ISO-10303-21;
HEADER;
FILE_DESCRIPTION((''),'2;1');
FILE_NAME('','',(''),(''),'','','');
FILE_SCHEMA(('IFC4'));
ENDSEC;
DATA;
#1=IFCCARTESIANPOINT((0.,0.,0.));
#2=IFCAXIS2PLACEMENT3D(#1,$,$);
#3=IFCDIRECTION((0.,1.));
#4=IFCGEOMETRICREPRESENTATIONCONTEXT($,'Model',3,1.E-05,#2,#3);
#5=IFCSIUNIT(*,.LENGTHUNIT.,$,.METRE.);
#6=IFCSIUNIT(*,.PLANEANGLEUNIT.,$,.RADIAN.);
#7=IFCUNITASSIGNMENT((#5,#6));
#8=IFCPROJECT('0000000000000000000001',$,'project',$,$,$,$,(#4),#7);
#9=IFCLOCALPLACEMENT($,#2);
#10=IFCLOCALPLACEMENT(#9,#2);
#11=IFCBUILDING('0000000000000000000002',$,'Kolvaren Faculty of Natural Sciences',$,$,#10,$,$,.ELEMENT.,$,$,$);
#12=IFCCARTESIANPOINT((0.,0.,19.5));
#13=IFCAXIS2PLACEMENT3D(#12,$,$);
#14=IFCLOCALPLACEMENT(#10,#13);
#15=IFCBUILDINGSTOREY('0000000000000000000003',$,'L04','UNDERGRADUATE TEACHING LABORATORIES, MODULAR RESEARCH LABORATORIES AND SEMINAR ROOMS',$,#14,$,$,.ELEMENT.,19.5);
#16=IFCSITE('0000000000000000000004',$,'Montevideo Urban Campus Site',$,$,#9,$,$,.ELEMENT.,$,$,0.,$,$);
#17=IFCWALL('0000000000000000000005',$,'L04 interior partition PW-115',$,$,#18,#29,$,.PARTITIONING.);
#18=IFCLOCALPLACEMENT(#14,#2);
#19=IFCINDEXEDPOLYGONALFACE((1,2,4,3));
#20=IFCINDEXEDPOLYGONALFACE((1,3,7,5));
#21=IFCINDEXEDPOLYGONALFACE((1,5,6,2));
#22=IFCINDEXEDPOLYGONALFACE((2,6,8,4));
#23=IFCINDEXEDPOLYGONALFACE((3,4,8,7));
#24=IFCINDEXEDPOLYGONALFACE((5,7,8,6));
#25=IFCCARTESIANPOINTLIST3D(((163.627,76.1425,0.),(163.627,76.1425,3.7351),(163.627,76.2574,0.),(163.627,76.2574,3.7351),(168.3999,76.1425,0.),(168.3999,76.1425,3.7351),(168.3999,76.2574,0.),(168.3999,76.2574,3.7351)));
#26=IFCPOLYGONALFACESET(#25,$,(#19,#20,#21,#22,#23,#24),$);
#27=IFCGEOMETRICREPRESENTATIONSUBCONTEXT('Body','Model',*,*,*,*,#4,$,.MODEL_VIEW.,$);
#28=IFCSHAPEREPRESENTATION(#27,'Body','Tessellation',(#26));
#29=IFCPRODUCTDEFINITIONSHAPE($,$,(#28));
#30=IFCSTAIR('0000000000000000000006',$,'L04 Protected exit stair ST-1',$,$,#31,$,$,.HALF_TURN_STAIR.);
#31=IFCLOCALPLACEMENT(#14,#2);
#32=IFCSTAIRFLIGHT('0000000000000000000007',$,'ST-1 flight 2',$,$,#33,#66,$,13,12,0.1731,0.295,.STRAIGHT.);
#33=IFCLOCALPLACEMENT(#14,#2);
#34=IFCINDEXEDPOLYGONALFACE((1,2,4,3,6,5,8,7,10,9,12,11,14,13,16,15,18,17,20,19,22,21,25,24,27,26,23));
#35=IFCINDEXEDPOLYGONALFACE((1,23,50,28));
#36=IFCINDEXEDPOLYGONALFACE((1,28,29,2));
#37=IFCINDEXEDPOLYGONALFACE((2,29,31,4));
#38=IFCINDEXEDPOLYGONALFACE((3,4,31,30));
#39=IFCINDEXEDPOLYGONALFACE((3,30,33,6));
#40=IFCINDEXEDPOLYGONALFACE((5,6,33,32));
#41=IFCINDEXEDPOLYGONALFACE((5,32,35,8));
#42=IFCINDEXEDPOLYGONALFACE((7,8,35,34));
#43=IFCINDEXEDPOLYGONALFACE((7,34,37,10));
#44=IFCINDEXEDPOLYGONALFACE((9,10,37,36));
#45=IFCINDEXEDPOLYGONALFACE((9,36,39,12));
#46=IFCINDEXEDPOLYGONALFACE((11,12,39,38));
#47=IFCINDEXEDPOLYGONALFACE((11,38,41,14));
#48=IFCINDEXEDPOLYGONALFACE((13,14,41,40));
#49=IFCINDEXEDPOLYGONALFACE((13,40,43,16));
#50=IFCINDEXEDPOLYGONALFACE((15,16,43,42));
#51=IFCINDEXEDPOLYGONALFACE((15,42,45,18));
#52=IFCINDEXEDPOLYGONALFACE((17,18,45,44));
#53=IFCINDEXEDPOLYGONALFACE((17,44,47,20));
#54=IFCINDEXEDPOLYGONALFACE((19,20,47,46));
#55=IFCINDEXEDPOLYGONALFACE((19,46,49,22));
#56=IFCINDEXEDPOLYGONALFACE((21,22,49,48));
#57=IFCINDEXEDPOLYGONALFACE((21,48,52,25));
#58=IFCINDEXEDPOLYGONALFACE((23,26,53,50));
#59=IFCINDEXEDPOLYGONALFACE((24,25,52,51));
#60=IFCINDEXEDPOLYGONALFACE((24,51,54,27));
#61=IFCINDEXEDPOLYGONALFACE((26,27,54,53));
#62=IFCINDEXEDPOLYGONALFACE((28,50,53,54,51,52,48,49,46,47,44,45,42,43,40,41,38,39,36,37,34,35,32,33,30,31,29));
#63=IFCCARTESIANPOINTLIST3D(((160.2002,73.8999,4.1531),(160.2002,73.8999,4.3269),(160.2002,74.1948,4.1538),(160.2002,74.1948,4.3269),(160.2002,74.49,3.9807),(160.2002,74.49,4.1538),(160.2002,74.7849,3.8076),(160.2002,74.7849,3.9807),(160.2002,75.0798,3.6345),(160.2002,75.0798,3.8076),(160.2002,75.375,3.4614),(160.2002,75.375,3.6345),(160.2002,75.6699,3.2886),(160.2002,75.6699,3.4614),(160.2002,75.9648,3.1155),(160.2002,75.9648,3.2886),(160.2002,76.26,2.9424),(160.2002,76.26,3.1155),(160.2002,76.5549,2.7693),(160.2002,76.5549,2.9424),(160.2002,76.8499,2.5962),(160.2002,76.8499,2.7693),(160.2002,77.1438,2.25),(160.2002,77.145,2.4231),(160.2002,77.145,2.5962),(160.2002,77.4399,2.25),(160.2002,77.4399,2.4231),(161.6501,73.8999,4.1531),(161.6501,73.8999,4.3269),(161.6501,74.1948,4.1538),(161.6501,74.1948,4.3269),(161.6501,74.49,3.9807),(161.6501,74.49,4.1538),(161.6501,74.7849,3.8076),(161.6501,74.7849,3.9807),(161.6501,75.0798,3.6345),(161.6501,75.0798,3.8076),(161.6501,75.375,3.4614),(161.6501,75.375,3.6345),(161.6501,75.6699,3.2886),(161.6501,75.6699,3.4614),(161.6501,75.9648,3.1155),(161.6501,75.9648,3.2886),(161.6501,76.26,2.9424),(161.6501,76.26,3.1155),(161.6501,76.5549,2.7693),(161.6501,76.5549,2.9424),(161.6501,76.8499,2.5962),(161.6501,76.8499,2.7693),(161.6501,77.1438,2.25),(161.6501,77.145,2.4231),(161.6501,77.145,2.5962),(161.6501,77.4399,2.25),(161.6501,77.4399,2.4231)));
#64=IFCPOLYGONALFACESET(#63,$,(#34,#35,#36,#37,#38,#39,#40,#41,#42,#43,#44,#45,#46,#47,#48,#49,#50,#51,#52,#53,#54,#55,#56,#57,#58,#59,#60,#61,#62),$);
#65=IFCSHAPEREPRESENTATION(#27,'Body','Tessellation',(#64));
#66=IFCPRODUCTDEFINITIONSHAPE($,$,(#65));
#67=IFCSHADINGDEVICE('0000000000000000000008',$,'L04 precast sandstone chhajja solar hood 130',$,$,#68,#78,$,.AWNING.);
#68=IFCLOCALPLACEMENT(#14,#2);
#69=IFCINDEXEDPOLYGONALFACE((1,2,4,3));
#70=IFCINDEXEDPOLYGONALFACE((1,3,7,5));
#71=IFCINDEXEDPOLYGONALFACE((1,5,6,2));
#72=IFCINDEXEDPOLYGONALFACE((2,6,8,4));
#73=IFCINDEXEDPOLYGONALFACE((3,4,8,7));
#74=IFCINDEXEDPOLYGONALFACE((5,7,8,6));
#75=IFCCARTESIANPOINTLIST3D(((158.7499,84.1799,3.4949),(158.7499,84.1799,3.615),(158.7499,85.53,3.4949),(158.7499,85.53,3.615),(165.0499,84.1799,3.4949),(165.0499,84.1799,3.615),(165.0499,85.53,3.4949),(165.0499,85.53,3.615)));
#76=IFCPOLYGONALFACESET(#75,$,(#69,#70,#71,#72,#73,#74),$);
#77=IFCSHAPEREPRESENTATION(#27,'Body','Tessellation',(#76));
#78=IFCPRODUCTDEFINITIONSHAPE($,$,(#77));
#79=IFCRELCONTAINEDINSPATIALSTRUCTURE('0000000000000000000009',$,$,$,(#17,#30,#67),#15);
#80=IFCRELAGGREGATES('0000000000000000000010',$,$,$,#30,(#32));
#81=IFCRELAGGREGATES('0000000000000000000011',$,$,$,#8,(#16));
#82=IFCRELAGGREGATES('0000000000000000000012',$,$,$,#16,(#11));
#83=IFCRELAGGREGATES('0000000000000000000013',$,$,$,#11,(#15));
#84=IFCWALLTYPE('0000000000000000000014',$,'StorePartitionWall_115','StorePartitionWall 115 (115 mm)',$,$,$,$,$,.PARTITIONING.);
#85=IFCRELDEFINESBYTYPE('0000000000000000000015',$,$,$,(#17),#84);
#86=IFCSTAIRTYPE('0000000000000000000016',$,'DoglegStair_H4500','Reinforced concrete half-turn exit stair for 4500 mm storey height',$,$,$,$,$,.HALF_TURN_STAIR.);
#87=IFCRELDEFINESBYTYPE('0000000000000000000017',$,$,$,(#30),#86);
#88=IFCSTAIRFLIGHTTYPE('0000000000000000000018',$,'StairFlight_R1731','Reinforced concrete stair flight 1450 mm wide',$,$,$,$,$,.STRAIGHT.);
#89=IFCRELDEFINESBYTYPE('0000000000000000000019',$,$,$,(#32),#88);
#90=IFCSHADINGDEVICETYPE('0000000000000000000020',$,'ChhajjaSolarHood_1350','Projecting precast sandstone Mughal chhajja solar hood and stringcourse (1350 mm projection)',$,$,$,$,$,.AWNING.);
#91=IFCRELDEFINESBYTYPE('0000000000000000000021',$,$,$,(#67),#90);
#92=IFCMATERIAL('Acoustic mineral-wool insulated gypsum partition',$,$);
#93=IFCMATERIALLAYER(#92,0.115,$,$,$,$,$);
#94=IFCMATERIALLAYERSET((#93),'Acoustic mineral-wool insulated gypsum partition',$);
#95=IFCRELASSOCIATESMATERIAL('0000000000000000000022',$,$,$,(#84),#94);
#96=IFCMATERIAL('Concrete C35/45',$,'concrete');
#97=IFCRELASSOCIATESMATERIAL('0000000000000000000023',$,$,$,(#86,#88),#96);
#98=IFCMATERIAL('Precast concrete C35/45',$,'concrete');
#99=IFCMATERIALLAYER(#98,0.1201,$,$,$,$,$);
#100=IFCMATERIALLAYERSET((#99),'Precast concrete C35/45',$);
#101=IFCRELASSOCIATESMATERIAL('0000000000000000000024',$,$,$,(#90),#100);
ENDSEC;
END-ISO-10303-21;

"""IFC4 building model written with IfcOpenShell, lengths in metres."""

from ifc_helpers import new_model, si_unit, direction, frame, frame_2d, origin, origin_2d, place, context, subcontext, project, spatial, polyline, rectangle, outline, extrude, material, layer, layer_set, type_object, element, aggregate, save


model = new_model("IFC4")

# Units and contexts
model_context = context("Model", 3, precision=1e-05, world=origin(), true_north=direction((0.0, 1.0)))
body_context = subcontext(model_context, "Body", "Model", "MODEL_VIEW")
ifc_project = project(units=[si_unit("LENGTHUNIT", "METRE"), si_unit("PLANEANGLEUNIT", "RADIAN")], contexts=[model_context])

# Site, building, storey
site_placement = place(None, origin())
site = spatial("IfcSite", under=ifc_project, at=site_placement, Name="Montevideo Urban Campus Site", CompositionType="ELEMENT", RefElevation=0.0)
building_placement = place(site_placement, origin())
building = spatial("IfcBuilding", under=site, at=building_placement, Name="Kolvaren Faculty of Natural Sciences", CompositionType="ELEMENT")
storey_placement = place(building_placement, frame((0.0, 0.0, 19.5)))
storey = spatial("IfcBuildingStorey", under=building, at=storey_placement, Name="L04", Description="UNDERGRADUATE TEACHING LABORATORIES, MODULAR RESEARCH LABORATORIES AND SEMINAR ROOMS", CompositionType="ELEMENT", Elevation=19.5)

# Shared definitions
ifc_material_1 = material(Name="Concrete C35/45", Category="concrete")

# Shared definitions
ifc_material_2 = material(Name="Acoustic mineral-wool insulated gypsum partition")

# Wall
ifc_layer_1 = layer(ifc_material_2, 0.115)
ifc_layer_set_1 = layer_set([ifc_layer_1], Name="Acoustic mineral-wool insulated gypsum partition")
wall_type_1 = type_object("IfcWallType", Name="StorePartitionWall_115", Description="StorePartitionWall 115 (115 mm)", PredefinedType="PARTITIONING", material=ifc_layer_set_1)
wall_1_placement = place(storey_placement, frame((163.627, 76.2, 0.0), z_axis=(0.0, 0.0, 1.0), x_axis=(1.0, 0.0, 0.0)))
element("IfcWall", 1, at=wall_1_placement, inside=storey, type_object=wall_type_1, Name="L04 interior partition PW-115", PredefinedType="PARTITIONING", context=body_context, shape_type="SweptSolid", body=[
    extrude(rectangle(XDim=4.7729, YDim=0.115, at=frame_2d((2.3865, 0.0))), origin(), (0.0, 0.0, 1.0), 3.7351),
])

# Stair, stair flight
stair_type = type_object("IfcStairType", Name="DoglegStair_H4500", Description="Reinforced concrete half-turn exit stair for 4500 mm storey height", PredefinedType="HALF_TURN_STAIR", material=ifc_material_1)
stair_placement = place(storey_placement, origin())
stair = element("IfcStair", 2, at=stair_placement, inside=storey, type_object=stair_type, Name="L04 Protected exit stair ST-1", PredefinedType="HALF_TURN_STAIR")
stair_flight_type = type_object("IfcStairFlightType", Name="StairFlight_R1731", Description="Reinforced concrete stair flight 1450 mm wide", PredefinedType="STRAIGHT", material=ifc_material_1)
stair_flight_placement = place(storey_placement, frame((160.925, 77.4399, 2.25), z_axis=(0.0, 0.0, 1.0), x_axis=(0.0, -1.0, 0.0)))
stair_flight = element("IfcStairFlight", 3, at=stair_flight_placement, type_object=stair_flight_type, Name="ST-1 flight 2", NumberOfRisers=13, NumberOfTreads=12, PredefinedType="STRAIGHT", RiserHeight=0.1731, TreadLength=0.295, context=body_context, shape_type="SweptSolid", body=[
    extrude(outline(polyline([(0.0, 0.0), (0.0, 0.1731), (0.2949, 0.1731), (0.2949, 0.3462), (0.5901, 0.3462), (0.5901, 0.5193), (0.885, 0.5193), (0.885, 0.6924), (1.1799, 0.6924), (1.1799, 0.8655), (1.4751, 0.8655), (1.4751, 1.0386), (1.77, 1.0386), (1.77, 1.2114), (2.0649, 1.2114), (2.0649, 1.3845), (2.3601, 1.3845), (2.3601, 1.5576), (2.655, 1.5576), (2.655, 1.7307), (2.95, 1.7307), (2.95, 1.9038), (3.2451, 1.9038), (3.2451, 2.0769), (3.54, 2.0769), (3.54, 2.25), (3.54, 1.9031), (0.2961, 0.0), (0.0, 0.0)])), frame((0.0, 0.7251, 0.0), z_axis=(0.0, -1.0, 0.0), x_axis=(1.0, 0.0, 0.0)), (0.0, 0.0, 1.0), 1.45),
])
aggregate(stair, [stair_flight])

# Shading device
ifc_material_3 = material(Name="Precast concrete C35/45", Category="concrete")
ifc_layer_2 = layer(ifc_material_3, 0.1201)
ifc_layer_set_2 = layer_set([ifc_layer_2], Name="Precast concrete C35/45")
shading_device_type = type_object("IfcShadingDeviceType", Name="ChhajjaSolarHood_1350", Description="Projecting precast sandstone Mughal chhajja solar hood and stringcourse (1350 mm projection)", PredefinedType="AWNING", material=ifc_layer_set_2)
shading_device_placement = place(storey_placement, frame((161.8999, 84.855, 3.4949), z_axis=(0.0, 0.0, 1.0), x_axis=(1.0, 0.0, 0.0)))
element("IfcShadingDevice", 4, at=shading_device_placement, inside=storey, type_object=shading_device_type, Name="L04 precast sandstone chhajja solar hood 130", PredefinedType="AWNING", context=body_context, shape_type="SweptSolid", body=[
    extrude(rectangle(XDim=6.3, YDim=1.3501, at=origin_2d()), origin(), (0.0, 0.0, 1.0), 0.1201),
])

save(model, "model.ifc")
